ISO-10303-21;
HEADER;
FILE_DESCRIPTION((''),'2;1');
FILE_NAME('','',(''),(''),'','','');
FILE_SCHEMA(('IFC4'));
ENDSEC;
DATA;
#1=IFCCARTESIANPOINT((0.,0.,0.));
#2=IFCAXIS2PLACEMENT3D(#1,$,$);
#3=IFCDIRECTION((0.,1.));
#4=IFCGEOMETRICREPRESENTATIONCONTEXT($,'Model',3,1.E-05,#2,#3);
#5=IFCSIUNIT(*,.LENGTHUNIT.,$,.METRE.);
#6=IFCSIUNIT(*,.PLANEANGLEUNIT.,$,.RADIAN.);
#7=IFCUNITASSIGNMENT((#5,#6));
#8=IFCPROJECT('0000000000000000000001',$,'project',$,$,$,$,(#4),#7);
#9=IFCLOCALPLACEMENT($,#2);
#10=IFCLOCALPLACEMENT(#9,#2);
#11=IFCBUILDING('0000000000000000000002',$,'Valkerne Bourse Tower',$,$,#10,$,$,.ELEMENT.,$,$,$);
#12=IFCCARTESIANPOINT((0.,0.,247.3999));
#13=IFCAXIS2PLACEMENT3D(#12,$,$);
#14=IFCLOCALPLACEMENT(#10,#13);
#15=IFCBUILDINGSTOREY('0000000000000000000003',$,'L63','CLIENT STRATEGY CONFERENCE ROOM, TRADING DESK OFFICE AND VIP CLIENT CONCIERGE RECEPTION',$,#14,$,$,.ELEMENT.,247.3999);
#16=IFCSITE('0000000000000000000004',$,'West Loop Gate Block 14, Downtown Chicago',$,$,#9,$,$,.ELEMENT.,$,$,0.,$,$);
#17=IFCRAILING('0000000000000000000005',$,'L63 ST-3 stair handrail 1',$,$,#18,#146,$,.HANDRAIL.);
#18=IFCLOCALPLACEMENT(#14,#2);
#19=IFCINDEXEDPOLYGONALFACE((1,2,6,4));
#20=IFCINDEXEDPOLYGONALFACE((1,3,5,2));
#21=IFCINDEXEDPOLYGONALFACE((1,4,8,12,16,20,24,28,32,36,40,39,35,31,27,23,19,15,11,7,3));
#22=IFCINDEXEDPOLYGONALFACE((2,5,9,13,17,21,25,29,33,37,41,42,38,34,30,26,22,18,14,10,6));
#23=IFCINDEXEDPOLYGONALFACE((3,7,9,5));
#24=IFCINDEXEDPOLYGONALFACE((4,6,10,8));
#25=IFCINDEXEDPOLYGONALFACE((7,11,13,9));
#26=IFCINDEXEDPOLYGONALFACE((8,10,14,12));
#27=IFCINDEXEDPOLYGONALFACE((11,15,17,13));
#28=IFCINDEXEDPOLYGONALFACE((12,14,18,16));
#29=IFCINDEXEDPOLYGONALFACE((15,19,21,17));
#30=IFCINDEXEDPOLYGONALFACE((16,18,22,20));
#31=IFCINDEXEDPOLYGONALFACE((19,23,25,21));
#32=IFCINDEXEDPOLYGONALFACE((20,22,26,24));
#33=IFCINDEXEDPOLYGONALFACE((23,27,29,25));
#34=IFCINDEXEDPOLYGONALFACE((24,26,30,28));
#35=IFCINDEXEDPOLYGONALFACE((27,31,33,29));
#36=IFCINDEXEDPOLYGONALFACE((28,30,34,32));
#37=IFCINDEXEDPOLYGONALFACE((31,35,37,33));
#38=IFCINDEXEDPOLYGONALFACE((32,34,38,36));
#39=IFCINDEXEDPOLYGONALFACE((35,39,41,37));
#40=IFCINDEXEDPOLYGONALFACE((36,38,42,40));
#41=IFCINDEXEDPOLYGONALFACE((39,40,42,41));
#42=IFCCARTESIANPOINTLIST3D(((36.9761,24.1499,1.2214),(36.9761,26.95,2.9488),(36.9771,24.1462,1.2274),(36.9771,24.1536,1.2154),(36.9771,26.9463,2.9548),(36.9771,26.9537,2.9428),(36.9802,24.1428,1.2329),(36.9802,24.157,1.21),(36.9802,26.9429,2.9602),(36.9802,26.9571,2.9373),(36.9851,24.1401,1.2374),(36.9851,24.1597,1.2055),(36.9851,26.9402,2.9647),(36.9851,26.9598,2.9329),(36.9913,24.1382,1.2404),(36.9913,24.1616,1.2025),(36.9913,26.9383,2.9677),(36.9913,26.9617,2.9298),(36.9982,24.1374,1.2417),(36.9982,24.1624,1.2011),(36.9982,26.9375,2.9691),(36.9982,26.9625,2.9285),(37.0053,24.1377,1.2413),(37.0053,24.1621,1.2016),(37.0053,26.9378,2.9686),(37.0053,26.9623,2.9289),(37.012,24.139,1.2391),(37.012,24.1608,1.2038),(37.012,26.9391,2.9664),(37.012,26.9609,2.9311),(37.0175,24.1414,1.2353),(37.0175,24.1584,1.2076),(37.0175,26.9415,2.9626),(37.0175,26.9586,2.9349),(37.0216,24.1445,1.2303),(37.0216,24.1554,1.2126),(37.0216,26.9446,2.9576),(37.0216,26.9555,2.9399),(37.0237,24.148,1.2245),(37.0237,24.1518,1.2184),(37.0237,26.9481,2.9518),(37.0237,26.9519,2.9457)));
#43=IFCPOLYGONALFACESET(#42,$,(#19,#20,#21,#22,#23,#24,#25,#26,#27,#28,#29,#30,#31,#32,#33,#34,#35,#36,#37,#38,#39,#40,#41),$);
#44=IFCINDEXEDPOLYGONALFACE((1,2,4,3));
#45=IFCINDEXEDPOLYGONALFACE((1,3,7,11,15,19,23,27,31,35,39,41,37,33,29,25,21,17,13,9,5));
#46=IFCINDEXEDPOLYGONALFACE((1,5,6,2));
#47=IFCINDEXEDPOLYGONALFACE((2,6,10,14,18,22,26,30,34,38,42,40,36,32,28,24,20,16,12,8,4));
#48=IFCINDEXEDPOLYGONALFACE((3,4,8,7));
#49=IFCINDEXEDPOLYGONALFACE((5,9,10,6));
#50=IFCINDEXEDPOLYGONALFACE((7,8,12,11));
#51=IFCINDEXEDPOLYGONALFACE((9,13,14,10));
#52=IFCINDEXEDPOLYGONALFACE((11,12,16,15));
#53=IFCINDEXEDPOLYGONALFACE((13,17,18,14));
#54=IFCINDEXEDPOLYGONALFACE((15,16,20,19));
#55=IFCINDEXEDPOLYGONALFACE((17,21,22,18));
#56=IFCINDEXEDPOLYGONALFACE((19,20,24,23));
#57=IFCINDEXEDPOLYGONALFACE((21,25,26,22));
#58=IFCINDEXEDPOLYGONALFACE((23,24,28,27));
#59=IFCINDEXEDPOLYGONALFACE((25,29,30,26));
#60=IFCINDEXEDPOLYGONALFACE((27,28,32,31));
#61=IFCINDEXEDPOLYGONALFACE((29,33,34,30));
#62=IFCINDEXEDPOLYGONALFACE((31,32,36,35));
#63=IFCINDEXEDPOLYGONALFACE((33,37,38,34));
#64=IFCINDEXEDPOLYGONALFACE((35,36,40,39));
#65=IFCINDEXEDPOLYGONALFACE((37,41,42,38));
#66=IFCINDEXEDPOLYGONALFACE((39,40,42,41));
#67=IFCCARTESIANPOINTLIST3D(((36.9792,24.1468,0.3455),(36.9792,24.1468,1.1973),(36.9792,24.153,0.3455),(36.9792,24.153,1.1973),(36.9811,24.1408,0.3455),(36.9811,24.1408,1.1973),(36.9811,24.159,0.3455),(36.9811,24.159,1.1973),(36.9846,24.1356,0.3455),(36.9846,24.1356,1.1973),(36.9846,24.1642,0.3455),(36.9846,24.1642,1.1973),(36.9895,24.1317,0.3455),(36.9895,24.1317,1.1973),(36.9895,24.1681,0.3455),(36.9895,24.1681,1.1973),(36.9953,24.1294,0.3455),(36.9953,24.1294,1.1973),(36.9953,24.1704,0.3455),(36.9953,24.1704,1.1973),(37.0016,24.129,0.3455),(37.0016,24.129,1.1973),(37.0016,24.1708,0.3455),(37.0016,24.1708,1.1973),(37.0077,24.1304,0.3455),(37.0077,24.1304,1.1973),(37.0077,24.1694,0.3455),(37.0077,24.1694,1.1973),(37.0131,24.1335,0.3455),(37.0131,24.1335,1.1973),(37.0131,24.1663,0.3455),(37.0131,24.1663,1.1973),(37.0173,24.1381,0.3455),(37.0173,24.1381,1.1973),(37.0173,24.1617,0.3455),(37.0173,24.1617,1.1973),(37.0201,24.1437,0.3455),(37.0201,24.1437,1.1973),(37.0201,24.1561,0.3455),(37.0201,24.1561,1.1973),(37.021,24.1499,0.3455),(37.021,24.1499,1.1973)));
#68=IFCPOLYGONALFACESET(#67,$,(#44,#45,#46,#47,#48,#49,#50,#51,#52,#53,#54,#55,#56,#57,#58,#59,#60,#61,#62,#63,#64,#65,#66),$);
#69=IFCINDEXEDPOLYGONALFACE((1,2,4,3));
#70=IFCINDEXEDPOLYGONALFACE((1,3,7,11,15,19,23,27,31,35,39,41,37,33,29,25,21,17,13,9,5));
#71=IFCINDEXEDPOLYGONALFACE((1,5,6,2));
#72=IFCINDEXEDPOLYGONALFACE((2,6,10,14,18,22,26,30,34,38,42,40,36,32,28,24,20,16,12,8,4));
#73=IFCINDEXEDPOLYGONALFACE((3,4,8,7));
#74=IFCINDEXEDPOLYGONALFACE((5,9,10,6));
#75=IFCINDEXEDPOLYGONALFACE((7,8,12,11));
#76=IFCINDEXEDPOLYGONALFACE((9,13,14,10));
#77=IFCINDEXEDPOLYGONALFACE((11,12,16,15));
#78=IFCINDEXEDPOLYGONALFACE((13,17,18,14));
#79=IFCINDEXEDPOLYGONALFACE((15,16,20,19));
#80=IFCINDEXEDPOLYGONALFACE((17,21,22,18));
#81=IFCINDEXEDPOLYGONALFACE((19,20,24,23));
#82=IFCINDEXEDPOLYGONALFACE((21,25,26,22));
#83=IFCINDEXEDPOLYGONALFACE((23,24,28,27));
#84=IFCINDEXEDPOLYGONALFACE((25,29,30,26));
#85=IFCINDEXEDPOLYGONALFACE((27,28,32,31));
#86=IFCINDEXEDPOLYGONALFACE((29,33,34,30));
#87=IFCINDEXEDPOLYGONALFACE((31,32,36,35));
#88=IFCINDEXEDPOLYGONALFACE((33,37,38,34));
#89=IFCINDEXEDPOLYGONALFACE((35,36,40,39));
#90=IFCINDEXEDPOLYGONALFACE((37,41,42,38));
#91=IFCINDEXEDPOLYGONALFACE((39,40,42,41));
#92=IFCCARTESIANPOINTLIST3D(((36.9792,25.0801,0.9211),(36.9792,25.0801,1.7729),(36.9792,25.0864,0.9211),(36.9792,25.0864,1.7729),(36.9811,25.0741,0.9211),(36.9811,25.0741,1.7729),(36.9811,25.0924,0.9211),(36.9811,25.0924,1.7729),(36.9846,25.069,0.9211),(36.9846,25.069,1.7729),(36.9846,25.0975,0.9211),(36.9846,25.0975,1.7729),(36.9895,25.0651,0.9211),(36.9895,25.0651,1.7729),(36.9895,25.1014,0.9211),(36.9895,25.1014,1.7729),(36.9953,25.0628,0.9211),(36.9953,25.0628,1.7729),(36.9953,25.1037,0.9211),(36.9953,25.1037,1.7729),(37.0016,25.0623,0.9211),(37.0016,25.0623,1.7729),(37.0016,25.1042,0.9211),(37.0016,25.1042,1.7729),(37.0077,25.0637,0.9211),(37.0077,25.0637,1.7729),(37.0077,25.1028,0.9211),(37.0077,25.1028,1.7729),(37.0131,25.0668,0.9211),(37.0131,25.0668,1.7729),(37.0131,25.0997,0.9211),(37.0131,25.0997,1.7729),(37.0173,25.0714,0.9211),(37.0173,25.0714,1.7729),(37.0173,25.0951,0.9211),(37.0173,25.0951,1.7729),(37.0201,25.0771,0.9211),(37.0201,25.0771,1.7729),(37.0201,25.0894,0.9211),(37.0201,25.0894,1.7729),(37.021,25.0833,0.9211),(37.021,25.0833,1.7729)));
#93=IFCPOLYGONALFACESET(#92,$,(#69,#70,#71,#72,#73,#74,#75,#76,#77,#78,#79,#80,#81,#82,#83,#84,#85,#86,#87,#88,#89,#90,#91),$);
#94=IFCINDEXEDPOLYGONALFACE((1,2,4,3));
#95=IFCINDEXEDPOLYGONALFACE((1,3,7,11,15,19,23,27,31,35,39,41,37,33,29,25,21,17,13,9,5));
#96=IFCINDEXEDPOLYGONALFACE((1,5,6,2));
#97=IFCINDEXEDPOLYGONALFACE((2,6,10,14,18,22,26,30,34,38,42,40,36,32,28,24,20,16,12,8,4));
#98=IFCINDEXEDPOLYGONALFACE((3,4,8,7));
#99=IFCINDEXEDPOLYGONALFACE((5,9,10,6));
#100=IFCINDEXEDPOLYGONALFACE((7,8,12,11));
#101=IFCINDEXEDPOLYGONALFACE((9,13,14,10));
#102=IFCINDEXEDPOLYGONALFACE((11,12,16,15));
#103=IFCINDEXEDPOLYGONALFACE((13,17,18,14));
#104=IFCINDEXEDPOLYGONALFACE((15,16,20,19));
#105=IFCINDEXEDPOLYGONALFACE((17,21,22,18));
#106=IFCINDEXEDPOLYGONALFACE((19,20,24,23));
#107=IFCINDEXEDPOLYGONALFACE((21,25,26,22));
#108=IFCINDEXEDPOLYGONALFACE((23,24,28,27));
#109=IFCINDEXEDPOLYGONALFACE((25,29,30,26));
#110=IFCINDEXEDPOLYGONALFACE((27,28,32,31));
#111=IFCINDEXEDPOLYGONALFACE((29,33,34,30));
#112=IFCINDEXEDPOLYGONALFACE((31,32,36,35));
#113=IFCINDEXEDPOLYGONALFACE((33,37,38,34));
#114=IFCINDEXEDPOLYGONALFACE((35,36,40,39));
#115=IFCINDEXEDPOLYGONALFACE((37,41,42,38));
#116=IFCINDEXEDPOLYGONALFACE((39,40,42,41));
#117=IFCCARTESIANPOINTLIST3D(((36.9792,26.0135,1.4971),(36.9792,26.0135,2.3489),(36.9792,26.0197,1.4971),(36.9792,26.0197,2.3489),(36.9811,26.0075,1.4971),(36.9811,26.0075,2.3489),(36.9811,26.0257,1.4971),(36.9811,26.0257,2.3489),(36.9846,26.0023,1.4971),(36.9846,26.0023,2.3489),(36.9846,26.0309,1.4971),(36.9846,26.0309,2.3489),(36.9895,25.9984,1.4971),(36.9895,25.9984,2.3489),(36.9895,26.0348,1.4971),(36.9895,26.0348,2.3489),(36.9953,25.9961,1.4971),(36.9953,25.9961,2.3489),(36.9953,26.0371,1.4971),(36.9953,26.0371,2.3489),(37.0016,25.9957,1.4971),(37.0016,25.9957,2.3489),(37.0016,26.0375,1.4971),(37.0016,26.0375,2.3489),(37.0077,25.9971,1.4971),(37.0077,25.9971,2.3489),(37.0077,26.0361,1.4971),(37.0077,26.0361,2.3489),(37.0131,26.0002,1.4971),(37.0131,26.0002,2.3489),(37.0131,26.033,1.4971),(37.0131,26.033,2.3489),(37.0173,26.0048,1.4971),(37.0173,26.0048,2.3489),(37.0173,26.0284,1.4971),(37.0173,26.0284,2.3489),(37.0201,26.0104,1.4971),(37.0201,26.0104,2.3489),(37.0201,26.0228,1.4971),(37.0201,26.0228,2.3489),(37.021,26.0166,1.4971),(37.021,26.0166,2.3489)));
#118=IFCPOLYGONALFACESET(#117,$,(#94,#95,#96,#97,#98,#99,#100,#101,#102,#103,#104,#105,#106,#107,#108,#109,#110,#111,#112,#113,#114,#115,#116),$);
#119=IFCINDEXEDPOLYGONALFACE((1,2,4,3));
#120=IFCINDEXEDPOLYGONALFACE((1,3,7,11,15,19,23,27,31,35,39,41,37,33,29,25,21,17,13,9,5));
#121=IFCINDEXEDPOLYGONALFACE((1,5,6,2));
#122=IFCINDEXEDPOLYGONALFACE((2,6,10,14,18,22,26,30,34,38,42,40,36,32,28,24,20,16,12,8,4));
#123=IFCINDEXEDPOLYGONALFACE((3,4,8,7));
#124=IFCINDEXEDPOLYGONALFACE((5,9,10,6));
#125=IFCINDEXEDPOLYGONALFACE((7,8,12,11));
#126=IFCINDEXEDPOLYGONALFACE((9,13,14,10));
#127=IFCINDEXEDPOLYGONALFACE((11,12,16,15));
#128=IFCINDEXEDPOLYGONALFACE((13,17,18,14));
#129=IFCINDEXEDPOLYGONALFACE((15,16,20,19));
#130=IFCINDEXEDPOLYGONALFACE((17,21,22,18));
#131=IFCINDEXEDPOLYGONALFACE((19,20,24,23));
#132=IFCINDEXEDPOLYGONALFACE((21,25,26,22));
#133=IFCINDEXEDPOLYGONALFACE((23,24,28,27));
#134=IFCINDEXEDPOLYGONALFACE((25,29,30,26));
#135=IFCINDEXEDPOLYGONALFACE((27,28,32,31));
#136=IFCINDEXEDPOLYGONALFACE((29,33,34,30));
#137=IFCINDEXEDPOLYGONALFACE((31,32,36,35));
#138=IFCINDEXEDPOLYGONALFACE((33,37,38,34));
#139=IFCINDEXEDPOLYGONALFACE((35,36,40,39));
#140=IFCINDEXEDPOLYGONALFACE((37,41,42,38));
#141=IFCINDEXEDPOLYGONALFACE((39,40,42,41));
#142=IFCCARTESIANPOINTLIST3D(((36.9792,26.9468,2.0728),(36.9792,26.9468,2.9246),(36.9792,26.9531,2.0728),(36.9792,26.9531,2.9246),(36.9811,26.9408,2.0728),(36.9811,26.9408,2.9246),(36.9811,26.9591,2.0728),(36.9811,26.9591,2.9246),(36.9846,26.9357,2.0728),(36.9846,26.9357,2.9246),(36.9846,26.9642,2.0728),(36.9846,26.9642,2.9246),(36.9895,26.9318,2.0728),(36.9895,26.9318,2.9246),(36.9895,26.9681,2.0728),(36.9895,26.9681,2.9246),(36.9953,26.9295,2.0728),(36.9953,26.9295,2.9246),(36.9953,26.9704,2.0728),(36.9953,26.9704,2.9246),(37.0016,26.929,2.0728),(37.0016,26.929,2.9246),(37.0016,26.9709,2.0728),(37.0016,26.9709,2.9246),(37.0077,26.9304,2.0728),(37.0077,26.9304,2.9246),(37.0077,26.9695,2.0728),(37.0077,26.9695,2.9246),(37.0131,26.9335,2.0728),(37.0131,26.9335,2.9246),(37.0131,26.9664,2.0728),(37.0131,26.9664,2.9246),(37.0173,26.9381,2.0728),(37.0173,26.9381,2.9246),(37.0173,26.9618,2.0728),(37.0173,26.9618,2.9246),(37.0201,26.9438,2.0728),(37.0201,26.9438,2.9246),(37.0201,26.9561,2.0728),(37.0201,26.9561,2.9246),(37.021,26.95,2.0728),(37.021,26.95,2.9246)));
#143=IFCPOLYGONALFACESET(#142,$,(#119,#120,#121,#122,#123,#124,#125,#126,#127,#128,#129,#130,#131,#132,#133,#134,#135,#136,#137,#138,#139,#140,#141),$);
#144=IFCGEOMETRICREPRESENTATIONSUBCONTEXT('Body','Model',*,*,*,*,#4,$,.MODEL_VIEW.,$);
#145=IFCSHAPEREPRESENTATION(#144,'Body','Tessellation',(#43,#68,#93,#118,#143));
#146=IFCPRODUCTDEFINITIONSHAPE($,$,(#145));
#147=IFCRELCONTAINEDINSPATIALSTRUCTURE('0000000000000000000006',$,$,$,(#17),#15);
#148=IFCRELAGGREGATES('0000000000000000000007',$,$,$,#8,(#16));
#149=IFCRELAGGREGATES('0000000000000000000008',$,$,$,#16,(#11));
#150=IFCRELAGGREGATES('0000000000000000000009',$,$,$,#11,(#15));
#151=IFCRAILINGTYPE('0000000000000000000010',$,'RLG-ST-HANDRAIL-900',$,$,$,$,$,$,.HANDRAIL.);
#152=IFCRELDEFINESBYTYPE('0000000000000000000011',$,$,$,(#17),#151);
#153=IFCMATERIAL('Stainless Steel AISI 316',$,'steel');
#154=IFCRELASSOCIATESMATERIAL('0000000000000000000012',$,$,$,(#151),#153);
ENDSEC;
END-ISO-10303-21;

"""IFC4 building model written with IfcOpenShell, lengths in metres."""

from ifc_helpers import new_model, si_unit, direction, frame, origin, origin_2d, place, context, subcontext, project, spatial, circle, extrude, material, type_object, element, save


model = new_model("IFC4")

# Units and contexts
model_context = context("Model", 3, precision=1e-05, world=origin(), true_north=direction((0.0, 1.0)))
body_context = subcontext(model_context, "Body", "Model", "MODEL_VIEW")
ifc_project = project(units=[si_unit("LENGTHUNIT", "METRE"), si_unit("PLANEANGLEUNIT", "RADIAN")], contexts=[model_context])

# Site, building, storey
site_placement = place(None, origin())
site = spatial("IfcSite", under=ifc_project, at=site_placement, Name="West Loop Gate Block 14, Downtown Chicago", CompositionType="ELEMENT", RefElevation=0.0)
building_placement = place(site_placement, origin())
building = spatial("IfcBuilding", under=site, at=building_placement, Name="Valkerne Bourse Tower", CompositionType="ELEMENT")
storey_placement = place(building_placement, frame((0.0, 0.0, 247.3999)))
storey = spatial("IfcBuildingStorey", under=building, at=storey_placement, Name="L63", Description="CLIENT STRATEGY CONFERENCE ROOM, TRADING DESK OFFICE AND VIP CLIENT CONCIERGE RECEPTION", CompositionType="ELEMENT", Elevation=247.3999)

# Shared definitions
ifc_material_1 = material(Name="Stainless Steel AISI 316", Category="steel")

# Railing
railing_type_1 = type_object("IfcRailingType", Name="RLG-ST-HANDRAIL-900", PredefinedType="HANDRAIL", material=ifc_material_1)
railing_1_placement = place(storey_placement, frame((37.0, 24.1499, 0.3455)))
element("IfcRailing", 1, at=railing_1_placement, inside=storey, type_object=railing_type_1, Name="L63 ST-3 stair handrail 1", PredefinedType="HANDRAIL", context=body_context, shape_type="SweptSolid", body=[
    extrude(circle(Radius=0.0239, at=origin_2d()), frame((0.0, 0.0, 0.876), z_axis=(0.0, 0.85109, 0.52502), x_axis=(-1.0, 0.0, 0.0)), (0.0, 0.0, 1.0), 3.29),
    extrude(circle(Radius=0.021, at=origin_2d()), origin(), (0.0, 0.0, 1.0), 0.8518),
    extrude(circle(Radius=0.021, at=origin_2d()), frame((0.0, 0.9333, 0.5757)), (0.0, 0.0, 1.0), 0.8518),
    extrude(circle(Radius=0.021, at=origin_2d()), frame((0.0, 1.8667, 1.1516)), (0.0, 0.0, 1.0), 0.8518),
    extrude(circle(Radius=0.021, at=origin_2d()), frame((0.0, 2.8, 1.7273)), (0.0, 0.0, 1.0), 0.8518),
])

save(model, "model.ifc")
